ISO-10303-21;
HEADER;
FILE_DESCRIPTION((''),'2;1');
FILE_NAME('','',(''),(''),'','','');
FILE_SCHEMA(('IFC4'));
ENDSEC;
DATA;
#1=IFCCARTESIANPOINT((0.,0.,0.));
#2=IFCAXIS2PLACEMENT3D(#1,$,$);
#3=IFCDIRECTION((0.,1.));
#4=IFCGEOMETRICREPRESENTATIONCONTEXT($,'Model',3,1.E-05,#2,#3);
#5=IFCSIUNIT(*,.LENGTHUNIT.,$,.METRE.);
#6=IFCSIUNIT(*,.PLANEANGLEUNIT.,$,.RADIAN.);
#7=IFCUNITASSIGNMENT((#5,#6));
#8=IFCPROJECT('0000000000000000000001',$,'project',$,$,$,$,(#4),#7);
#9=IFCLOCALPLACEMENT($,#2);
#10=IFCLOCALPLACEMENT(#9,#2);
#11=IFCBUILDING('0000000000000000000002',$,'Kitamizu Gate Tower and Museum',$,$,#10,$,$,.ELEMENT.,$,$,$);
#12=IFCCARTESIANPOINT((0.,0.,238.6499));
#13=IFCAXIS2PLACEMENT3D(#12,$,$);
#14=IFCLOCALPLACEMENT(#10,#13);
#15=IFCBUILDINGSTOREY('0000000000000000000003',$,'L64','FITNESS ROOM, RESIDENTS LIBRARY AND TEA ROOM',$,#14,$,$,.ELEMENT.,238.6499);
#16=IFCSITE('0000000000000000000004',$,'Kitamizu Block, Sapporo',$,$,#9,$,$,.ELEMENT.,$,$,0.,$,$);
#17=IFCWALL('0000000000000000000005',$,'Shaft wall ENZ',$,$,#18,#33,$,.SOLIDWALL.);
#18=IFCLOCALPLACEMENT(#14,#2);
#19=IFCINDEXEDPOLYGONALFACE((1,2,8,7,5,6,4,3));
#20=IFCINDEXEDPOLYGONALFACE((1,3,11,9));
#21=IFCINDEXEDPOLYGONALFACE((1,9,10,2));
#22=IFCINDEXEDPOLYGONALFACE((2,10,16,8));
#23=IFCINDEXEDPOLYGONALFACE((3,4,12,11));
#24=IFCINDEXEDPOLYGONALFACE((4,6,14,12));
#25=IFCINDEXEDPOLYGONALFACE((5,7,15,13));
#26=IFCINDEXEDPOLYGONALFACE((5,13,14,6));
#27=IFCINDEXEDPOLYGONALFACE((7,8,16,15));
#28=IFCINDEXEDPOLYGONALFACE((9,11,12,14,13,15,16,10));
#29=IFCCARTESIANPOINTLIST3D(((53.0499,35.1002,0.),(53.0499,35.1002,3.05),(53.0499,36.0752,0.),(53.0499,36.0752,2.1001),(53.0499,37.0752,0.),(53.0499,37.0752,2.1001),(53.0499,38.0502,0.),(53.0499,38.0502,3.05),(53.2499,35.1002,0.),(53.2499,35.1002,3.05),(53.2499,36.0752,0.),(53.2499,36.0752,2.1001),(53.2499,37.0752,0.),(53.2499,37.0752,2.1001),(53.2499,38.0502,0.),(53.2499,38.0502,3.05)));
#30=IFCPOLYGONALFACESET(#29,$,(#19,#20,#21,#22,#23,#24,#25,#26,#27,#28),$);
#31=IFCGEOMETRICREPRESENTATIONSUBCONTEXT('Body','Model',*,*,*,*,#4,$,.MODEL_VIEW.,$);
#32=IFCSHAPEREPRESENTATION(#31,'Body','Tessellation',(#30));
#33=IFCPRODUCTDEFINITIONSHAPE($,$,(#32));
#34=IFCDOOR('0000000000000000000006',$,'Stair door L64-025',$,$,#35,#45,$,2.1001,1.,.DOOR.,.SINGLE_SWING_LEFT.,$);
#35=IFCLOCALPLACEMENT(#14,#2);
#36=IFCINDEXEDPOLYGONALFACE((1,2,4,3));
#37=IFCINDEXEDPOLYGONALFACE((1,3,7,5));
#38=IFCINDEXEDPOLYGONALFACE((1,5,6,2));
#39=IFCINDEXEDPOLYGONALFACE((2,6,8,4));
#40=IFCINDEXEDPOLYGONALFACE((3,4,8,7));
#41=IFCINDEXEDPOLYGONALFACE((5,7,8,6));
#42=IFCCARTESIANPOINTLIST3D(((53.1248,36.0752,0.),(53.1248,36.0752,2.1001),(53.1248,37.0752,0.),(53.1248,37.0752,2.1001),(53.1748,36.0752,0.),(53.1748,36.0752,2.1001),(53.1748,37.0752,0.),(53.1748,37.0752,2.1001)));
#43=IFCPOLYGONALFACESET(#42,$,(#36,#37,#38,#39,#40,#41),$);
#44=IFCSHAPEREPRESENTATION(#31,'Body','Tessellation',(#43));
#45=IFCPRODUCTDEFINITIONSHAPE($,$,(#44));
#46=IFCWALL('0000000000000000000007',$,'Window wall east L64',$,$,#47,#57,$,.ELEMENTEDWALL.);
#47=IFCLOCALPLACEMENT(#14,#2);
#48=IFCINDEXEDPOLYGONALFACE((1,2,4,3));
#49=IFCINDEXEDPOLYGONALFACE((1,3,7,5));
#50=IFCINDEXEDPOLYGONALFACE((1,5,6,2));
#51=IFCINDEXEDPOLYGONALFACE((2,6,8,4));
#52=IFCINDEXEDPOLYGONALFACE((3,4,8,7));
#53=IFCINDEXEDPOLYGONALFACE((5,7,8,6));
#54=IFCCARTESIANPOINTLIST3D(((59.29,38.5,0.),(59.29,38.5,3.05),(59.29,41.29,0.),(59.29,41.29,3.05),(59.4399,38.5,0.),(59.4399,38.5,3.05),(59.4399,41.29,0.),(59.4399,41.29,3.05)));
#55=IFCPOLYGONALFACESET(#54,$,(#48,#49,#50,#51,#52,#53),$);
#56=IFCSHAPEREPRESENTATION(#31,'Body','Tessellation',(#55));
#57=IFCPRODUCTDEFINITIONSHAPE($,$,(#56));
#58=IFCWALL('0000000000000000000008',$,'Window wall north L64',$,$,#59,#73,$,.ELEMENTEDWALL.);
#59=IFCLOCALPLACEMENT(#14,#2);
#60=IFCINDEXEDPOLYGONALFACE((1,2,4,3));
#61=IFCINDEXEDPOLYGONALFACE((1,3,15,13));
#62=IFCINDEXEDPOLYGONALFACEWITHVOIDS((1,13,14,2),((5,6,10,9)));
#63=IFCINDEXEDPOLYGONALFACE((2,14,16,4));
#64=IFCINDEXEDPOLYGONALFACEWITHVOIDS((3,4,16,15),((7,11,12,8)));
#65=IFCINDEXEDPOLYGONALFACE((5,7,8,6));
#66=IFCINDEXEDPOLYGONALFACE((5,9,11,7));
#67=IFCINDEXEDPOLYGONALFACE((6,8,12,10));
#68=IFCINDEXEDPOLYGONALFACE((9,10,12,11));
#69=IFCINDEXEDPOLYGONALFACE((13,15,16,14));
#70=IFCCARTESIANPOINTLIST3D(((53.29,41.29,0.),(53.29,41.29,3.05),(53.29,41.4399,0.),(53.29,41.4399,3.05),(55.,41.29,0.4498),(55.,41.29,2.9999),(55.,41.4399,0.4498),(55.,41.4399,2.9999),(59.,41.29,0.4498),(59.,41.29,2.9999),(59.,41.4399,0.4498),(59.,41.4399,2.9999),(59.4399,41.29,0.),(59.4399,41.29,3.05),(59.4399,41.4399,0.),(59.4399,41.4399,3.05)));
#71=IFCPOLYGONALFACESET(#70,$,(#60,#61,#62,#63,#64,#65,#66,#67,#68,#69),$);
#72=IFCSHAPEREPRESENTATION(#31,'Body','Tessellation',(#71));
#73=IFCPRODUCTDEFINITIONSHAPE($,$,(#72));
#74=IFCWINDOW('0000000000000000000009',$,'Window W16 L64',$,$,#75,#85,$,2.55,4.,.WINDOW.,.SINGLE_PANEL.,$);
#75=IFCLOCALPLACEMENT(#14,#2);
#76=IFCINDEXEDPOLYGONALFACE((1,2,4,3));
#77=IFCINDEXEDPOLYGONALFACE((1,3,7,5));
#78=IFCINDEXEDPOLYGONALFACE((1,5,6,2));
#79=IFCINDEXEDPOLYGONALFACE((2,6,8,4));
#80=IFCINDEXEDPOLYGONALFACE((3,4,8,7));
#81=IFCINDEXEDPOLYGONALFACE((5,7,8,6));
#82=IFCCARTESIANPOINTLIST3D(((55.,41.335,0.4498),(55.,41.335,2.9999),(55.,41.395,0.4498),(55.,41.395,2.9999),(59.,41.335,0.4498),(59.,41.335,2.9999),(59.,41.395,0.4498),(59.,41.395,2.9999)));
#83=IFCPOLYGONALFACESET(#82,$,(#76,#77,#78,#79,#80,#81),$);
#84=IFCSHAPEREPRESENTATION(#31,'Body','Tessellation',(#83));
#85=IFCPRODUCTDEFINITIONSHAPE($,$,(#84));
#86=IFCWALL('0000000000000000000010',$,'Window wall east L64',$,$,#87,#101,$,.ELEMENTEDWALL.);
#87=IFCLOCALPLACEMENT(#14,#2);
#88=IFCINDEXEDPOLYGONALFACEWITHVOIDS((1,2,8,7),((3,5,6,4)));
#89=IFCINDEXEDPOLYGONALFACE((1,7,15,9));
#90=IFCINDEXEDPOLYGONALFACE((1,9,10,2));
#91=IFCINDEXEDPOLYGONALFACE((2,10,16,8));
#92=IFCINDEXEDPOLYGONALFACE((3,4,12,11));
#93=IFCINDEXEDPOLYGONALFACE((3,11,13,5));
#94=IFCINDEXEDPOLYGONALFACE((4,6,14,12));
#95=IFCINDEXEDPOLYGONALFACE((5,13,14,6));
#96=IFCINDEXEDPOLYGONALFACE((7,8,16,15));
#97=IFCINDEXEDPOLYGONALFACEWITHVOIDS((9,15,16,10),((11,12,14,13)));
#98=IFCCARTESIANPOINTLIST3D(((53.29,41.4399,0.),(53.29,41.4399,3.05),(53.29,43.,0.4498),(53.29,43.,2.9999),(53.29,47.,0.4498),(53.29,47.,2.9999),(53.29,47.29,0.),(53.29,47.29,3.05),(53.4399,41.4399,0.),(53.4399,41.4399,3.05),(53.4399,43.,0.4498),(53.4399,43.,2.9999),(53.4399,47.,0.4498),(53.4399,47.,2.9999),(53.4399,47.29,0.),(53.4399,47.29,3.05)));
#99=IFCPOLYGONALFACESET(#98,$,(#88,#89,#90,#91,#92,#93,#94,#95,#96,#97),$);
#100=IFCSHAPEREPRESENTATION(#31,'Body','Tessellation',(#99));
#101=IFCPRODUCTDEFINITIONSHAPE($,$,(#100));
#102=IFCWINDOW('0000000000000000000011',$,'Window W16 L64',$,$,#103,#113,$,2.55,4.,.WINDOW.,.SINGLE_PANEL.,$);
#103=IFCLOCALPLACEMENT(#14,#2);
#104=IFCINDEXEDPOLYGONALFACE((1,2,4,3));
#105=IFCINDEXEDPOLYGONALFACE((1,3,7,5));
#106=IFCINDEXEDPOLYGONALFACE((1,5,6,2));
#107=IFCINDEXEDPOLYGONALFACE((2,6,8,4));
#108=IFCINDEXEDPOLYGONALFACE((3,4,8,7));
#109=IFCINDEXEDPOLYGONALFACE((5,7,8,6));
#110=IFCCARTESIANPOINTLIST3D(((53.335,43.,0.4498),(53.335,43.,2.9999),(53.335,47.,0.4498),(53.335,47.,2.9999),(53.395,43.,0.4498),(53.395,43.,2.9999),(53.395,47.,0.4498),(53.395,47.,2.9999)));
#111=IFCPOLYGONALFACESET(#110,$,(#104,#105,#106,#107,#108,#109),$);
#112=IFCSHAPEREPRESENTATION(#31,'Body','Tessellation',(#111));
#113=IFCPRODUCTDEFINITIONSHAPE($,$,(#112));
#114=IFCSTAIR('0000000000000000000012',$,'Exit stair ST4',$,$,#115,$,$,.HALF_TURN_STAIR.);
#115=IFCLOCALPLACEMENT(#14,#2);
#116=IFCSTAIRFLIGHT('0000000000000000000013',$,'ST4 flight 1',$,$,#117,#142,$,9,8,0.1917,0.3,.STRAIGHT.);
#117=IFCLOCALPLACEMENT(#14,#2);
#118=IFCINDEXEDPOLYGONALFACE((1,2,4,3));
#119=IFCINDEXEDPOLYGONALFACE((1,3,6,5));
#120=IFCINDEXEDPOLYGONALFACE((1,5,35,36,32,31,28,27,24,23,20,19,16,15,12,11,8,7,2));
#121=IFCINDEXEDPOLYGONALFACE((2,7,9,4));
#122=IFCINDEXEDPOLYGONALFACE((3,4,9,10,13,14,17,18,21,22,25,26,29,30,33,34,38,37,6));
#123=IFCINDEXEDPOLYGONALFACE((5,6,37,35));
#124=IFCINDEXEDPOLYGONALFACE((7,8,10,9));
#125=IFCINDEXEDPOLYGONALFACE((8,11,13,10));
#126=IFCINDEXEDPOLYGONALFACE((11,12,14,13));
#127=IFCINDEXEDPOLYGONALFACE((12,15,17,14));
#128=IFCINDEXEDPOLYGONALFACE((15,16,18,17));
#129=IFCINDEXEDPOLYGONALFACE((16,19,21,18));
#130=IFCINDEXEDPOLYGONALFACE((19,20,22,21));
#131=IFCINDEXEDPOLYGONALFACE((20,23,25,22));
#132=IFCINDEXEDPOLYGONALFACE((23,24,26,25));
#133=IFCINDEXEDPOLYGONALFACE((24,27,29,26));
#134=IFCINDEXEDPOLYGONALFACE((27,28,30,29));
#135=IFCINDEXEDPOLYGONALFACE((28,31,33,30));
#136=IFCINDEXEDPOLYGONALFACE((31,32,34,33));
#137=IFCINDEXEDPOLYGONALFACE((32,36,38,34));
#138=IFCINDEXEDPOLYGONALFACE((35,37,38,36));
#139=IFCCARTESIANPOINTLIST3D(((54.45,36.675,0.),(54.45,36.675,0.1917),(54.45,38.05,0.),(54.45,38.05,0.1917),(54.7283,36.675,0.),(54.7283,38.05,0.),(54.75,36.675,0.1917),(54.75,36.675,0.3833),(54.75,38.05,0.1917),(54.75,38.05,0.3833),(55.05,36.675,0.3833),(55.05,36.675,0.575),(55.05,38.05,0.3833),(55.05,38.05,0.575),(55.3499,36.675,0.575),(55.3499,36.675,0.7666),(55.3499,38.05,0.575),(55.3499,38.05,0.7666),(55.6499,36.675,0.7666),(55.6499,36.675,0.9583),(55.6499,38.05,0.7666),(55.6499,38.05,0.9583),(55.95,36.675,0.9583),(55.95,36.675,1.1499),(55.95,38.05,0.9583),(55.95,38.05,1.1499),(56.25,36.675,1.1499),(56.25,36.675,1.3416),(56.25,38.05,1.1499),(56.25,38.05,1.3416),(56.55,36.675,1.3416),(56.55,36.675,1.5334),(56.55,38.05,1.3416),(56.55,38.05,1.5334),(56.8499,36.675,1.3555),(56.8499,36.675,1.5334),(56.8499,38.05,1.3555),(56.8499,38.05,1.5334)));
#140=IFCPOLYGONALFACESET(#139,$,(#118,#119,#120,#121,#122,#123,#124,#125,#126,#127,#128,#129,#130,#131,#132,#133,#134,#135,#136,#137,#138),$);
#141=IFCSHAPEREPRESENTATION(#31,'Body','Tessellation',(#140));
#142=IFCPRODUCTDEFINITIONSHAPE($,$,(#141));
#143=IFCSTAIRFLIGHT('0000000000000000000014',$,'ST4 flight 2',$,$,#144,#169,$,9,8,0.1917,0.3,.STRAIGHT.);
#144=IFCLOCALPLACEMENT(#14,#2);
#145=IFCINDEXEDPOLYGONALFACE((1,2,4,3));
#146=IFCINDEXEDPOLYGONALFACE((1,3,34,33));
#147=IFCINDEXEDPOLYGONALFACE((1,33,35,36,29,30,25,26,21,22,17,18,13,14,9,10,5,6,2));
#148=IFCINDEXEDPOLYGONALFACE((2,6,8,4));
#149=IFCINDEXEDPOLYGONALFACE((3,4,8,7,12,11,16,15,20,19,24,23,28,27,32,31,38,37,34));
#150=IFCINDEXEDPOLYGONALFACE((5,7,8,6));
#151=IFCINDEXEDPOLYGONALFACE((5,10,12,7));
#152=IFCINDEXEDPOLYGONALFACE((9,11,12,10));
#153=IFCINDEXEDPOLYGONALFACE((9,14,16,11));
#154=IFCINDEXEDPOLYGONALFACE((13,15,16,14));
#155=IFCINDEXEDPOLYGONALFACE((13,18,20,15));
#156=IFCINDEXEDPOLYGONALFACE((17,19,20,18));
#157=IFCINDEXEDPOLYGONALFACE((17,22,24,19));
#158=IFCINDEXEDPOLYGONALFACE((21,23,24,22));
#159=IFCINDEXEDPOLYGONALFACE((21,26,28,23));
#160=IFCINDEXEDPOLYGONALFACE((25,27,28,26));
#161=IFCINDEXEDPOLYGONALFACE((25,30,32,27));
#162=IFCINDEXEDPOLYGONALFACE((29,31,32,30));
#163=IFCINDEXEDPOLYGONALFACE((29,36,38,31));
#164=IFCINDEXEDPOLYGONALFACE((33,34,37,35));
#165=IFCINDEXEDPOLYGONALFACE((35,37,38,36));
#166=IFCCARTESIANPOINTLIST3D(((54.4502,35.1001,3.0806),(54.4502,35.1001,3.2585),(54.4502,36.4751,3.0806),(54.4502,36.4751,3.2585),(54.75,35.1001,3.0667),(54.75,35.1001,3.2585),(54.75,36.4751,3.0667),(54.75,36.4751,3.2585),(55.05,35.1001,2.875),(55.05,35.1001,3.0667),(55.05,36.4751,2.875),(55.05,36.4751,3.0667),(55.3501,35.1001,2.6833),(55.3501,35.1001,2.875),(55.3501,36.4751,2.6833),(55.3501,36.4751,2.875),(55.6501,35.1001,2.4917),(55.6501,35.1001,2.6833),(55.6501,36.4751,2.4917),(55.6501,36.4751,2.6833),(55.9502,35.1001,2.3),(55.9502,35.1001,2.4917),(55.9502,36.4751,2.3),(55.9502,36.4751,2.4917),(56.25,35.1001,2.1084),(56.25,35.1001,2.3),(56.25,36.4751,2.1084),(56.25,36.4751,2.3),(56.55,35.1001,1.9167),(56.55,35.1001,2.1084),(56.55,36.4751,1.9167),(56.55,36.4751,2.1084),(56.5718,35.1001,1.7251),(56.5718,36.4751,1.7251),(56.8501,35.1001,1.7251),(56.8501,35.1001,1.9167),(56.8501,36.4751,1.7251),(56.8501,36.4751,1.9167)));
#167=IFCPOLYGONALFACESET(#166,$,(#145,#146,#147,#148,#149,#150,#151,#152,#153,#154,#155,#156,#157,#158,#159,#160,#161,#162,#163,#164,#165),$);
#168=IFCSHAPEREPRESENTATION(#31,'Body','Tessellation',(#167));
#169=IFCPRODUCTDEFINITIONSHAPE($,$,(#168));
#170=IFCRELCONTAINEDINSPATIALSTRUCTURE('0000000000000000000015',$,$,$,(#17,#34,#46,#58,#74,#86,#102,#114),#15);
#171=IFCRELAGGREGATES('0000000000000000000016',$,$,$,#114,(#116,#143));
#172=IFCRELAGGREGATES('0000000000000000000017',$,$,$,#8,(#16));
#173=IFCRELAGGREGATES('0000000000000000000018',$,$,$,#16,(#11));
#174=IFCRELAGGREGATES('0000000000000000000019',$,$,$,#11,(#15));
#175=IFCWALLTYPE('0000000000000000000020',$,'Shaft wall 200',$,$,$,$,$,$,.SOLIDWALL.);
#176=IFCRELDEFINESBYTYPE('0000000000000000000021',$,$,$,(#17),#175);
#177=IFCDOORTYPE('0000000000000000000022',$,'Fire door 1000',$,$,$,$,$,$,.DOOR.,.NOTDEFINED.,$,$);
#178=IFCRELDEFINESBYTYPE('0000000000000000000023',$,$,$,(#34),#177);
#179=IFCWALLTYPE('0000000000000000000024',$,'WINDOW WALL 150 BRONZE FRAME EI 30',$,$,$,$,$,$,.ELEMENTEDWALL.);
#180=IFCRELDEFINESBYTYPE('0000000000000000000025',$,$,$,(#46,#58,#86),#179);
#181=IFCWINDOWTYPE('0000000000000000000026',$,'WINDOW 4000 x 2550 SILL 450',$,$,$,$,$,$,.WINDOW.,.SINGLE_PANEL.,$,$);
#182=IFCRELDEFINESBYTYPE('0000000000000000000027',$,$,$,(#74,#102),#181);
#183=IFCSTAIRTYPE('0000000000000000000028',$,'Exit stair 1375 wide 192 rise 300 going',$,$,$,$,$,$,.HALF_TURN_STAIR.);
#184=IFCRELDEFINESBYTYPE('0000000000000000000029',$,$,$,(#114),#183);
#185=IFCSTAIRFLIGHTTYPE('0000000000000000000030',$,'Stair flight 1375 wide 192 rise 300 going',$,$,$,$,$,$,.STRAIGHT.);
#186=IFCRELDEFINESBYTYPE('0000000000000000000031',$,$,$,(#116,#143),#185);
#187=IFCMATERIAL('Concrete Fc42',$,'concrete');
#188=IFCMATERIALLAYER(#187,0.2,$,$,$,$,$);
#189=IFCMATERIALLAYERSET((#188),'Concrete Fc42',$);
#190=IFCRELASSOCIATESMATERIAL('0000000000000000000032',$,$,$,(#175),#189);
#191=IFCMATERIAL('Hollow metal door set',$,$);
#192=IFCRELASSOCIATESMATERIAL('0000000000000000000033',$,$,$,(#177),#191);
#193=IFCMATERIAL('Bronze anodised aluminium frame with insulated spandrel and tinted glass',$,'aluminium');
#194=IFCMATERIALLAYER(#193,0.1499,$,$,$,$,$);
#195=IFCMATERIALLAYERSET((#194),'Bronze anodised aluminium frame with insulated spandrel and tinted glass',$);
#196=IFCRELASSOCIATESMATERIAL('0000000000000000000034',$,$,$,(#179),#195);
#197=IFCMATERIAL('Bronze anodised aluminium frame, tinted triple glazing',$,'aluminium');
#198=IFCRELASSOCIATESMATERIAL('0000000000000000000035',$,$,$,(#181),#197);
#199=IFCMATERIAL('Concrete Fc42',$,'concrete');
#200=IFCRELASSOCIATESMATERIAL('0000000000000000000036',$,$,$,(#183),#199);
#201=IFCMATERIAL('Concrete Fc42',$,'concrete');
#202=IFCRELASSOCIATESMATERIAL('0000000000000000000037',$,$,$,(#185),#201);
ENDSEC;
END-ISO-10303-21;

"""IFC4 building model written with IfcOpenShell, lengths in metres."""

from ifc_helpers import new_model, si_unit, direction, frame, frame_2d, origin, place, context, subcontext, project, spatial, polyline, rectangle, outline, extrude, material, layer, layer_set, type_object, element, fill, aggregate, save


model = new_model("IFC4")

# Units and contexts
model_context = context("Model", 3, precision=1e-05, world=origin(), true_north=direction((0.0, 1.0)))
body_context = subcontext(model_context, "Body", "Model", "MODEL_VIEW")
ifc_project = project(units=[si_unit("LENGTHUNIT", "METRE"), si_unit("PLANEANGLEUNIT", "RADIAN")], contexts=[model_context])

# Site, building, storey
site_placement = place(None, origin())
site = spatial("IfcSite", under=ifc_project, at=site_placement, Name="Kitamizu Block, Sapporo", CompositionType="ELEMENT", RefElevation=0.0)
building_placement = place(site_placement, origin())
building = spatial("IfcBuilding", under=site, at=building_placement, Name="Kitamizu Gate Tower and Museum", CompositionType="ELEMENT")
storey_placement = place(building_placement, frame((0.0, 0.0, 238.6499)))
storey = spatial("IfcBuildingStorey", under=building, at=storey_placement, Name="L64", Description="FITNESS ROOM, RESIDENTS LIBRARY AND TEA ROOM", CompositionType="ELEMENT", Elevation=238.6499)

# Shared definitions
ifc_material_1 = material(Name="Concrete Fc42", Category="concrete")
ifc_layer_1 = layer(ifc_material_1, 0.2)
ifc_layer_set_1 = layer_set([ifc_layer_1], Name="Concrete Fc42")
wall_type_1 = type_object("IfcWallType", Name="Shaft wall 200", PredefinedType="SOLIDWALL", material=ifc_layer_set_1)

# Wall, opening, door
wall_1_placement = place(storey_placement, frame((53.1499, 35.1001, 0.0), z_axis=(0.0, 0.0, 1.0), x_axis=(0.0, 1.0, 0.0)))
wall_1 = element("IfcWall", 1, at=wall_1_placement, inside=storey, type_object=wall_type_1, Name="Shaft wall ENZ", PredefinedType="SOLIDWALL", context=body_context, shape_type="SweptSolid", body=[
    extrude(rectangle(XDim=2.95, YDim=0.2, at=frame_2d((1.4751, 0.0))), origin(), (0.0, 0.0, 1.0), 3.05),
])
opening_1_placement = place(wall_1_placement, frame((0.9751, 0.0, 0.0)))
opening_1 = element("IfcOpeningElement", 2, at=opening_1_placement, cuts=wall_1, PredefinedType="OPENING", context=body_context, shape_type="SweptSolid", body=[
    extrude(rectangle(XDim=1.0, YDim=2.1001, at=frame_2d((0.5, 1.05))), frame((0.0, 0.1099, 0.0), z_axis=(0.0, -1.0, 0.0), x_axis=(1.0, 0.0, 0.0)), (0.0, 0.0, 1.0), 0.22),
])
ifc_material_2 = material(Name="Hollow metal door set")
door_type_1 = type_object("IfcDoorType", Name="Fire door 1000", OperationType="NOTDEFINED", PredefinedType="DOOR", material=ifc_material_2)
door_1_placement = place(opening_1_placement, frame((1.0, 0.0, 0.0), x_axis=(-1.0, 0.0, 0.0)))
door_1 = element("IfcDoor", 3, at=door_1_placement, inside=storey, type_object=door_type_1, Name="Stair door L64-025", OperationType="SINGLE_SWING_LEFT", OverallHeight=2.1001, OverallWidth=1.0, PredefinedType="DOOR", context=body_context, shape_type="SweptSolid", body=[
    extrude(rectangle(XDim=1.0, YDim=2.1001, at=frame_2d((0.5, 1.05))), frame((0.0, 0.0249, 0.0), z_axis=(0.0, -1.0, 0.0), x_axis=(1.0, 0.0, 0.0)), (0.0, 0.0, 1.0), 0.05),
])
fill(opening_1, door_1)

# Wall
ifc_material_3 = material(Name="Bronze anodised aluminium frame with insulated spandrel and tinted glass", Category="aluminium")
ifc_layer_2 = layer(ifc_material_3, 0.1499)
ifc_layer_set_2 = layer_set([ifc_layer_2], Name="Bronze anodised aluminium frame with insulated spandrel and tinted glass")
wall_type_2 = type_object("IfcWallType", Name="WINDOW WALL 150 BRONZE FRAME EI 30", PredefinedType="ELEMENTEDWALL", material=ifc_layer_set_2)
wall_2_placement = place(storey_placement, frame((59.365, 38.5, 0.0), z_axis=(0.0, 0.0, 1.0), x_axis=(0.0, 1.0, 0.0)))
element("IfcWall", 4, at=wall_2_placement, inside=storey, type_object=wall_type_2, Name="Window wall east L64", PredefinedType="ELEMENTEDWALL", context=body_context, shape_type="SweptSolid", body=[
    extrude(rectangle(XDim=2.79, YDim=0.1499, at=frame_2d((1.395, 0.0))), origin(), (0.0, 0.0, 1.0), 3.05),
])

# Walls, openings, windows
wall_3_placement = place(storey_placement, frame((53.29, 41.365, 0.0), z_axis=(0.0, 0.0, 1.0), x_axis=(1.0, 0.0, 0.0)))
wall_3 = element("IfcWall", 5, at=wall_3_placement, inside=storey, type_object=wall_type_2, Name="Window wall north L64", PredefinedType="ELEMENTEDWALL", context=body_context, shape_type="SweptSolid", body=[
    extrude(rectangle(XDim=6.1499, YDim=0.1499, at=frame_2d((3.075, 0.0))), origin(), (0.0, 0.0, 1.0), 3.05),
])
opening_2_placement = place(wall_3_placement, frame((1.71, 0.0, 0.45)))
opening_2 = element("IfcOpeningElement", 6, at=opening_2_placement, cuts=wall_3, PredefinedType="OPENING", context=body_context, shape_type="SweptSolid", body=[
    extrude(rectangle(XDim=4.0, YDim=2.55, at=frame_2d((2.0, 1.2749))), frame((0.0, 0.085, 0.0), z_axis=(0.0, -1.0, 0.0), x_axis=(1.0, 0.0, 0.0)), (0.0, 0.0, 1.0), 0.1699),
])
ifc_material_4 = material(Name="Bronze anodised aluminium frame, tinted triple glazing", Category="aluminium")
window_type = type_object("IfcWindowType", Name="WINDOW 4000 x 2550 SILL 450", PartitioningType="SINGLE_PANEL", PredefinedType="WINDOW", material=ifc_material_4)
window_1_placement = place(opening_2_placement, origin())
window_1 = element("IfcWindow", 7, at=window_1_placement, inside=storey, type_object=window_type, Name="Window W16 L64", OverallHeight=2.55, OverallWidth=4.0, PartitioningType="SINGLE_PANEL", PredefinedType="WINDOW", context=body_context, shape_type="SweptSolid", body=[
    extrude(rectangle(XDim=4.0, YDim=2.55, at=frame_2d((2.0, 1.2749))), frame((0.0, 0.03, 0.0), z_axis=(0.0, -1.0, 0.0), x_axis=(1.0, 0.0, 0.0)), (0.0, 0.0, 1.0), 0.0601),
])
fill(opening_2, window_1)
wall_4_placement = place(storey_placement, frame((53.365, 41.4399, 0.0), z_axis=(0.0, 0.0, 1.0), x_axis=(0.0, 1.0, 0.0)))
wall_4 = element("IfcWall", 8, at=wall_4_placement, inside=storey, type_object=wall_type_2, Name="Window wall east L64", PredefinedType="ELEMENTEDWALL", context=body_context, shape_type="SweptSolid", body=[
    extrude(rectangle(XDim=5.8501, YDim=0.1499, at=frame_2d((2.925, 0.0))), origin(), (0.0, 0.0, 1.0), 3.05),
])
opening_3_placement = place(wall_4_placement, frame((1.5601, 0.0, 0.45)))
opening_3 = element("IfcOpeningElement", 9, at=opening_3_placement, cuts=wall_4, PredefinedType="OPENING", context=body_context, shape_type="SweptSolid", body=[
    extrude(rectangle(XDim=4.0, YDim=2.55, at=frame_2d((2.0, 1.2749))), frame((0.0, 0.085, 0.0), z_axis=(0.0, -1.0, 0.0), x_axis=(1.0, 0.0, 0.0)), (0.0, 0.0, 1.0), 0.1699),
])
window_2_placement = place(opening_3_placement, origin())
window_2 = element("IfcWindow", 10, at=window_2_placement, inside=storey, type_object=window_type, Name="Window W16 L64", OverallHeight=2.55, OverallWidth=4.0, PartitioningType="SINGLE_PANEL", PredefinedType="WINDOW", context=body_context, shape_type="SweptSolid", body=[
    extrude(rectangle(XDim=4.0, YDim=2.55, at=frame_2d((2.0, 1.2749))), frame((0.0, 0.03, 0.0), z_axis=(0.0, -1.0, 0.0), x_axis=(1.0, 0.0, 0.0)), (0.0, 0.0, 1.0), 0.0601),
])
fill(opening_3, window_2)

# Stair, stair flights
ifc_material_5 = material(Name="Concrete Fc42", Category="concrete")
stair_type = type_object("IfcStairType", Name="Exit stair 1375 wide 192 rise 300 going", PredefinedType="HALF_TURN_STAIR", material=ifc_material_5)
stair_placement = place(storey_placement, origin())
stair = element("IfcStair", 11, at=stair_placement, inside=storey, type_object=stair_type, Name="Exit stair ST4", PredefinedType="HALF_TURN_STAIR")
ifc_material_6 = material(Name="Concrete Fc42", Category="concrete")
stair_flight_type = type_object("IfcStairFlightType", Name="Stair flight 1375 wide 192 rise 300 going", PredefinedType="STRAIGHT", material=ifc_material_6)
stair_flight_1_placement = place(storey_placement, frame((54.45, 37.3625, 0.0), z_axis=(0.0, 0.0, 1.0), x_axis=(1.0, 0.0, 0.0)))
stair_flight_1 = element("IfcStairFlight", 12, at=stair_flight_1_placement, type_object=stair_flight_type, Name="ST4 flight 1", NumberOfRisers=9, NumberOfTreads=8, PredefinedType="STRAIGHT", RiserHeight=0.1917, TreadLength=0.3, context=body_context, shape_type="SweptSolid", body=[
    extrude(outline(polyline([(0.0, 0.0), (0.0, 0.1917), (0.3, 0.1917), (0.3, 0.3833), (0.6001, 0.3833), (0.6001, 0.575), (0.8999, 0.575), (0.8999, 0.7666), (1.2, 0.7666), (1.2, 0.9583), (1.5, 0.9583), (1.5, 1.1499), (1.8, 1.1499), (1.8, 1.3416), (2.1001, 1.3416), (2.1001, 1.5334), (2.3999, 1.5334), (2.3999, 1.7251), (2.3999, 1.3555), (0.2783, 0.0), (0.0, 0.0)])), frame((0.0, 0.6875, 0.0), z_axis=(0.0, -1.0, 0.0), x_axis=(1.0, 0.0, 0.0)), (0.0, 0.0, 1.0), 1.375),
])
stair_flight_2_placement = place(storey_placement, frame((56.8501, 35.7876, 1.7251), z_axis=(0.0, 0.0, 1.0), x_axis=(-1.0, 0.0, 0.0)))
stair_flight_2 = element("IfcStairFlight", 13, at=stair_flight_2_placement, type_object=stair_flight_type, Name="ST4 flight 2", NumberOfRisers=9, NumberOfTreads=8, PredefinedType="STRAIGHT", RiserHeight=0.1917, TreadLength=0.3, context=body_context, shape_type="SweptSolid", body=[
    extrude(outline(polyline([(0.0, 0.0), (0.0, 0.1917), (0.3, 0.1917), (0.3, 0.3833), (0.6001, 0.3833), (0.6001, 0.575), (0.8999, 0.575), (0.8999, 0.7666), (1.2, 0.7666), (1.2, 0.9583), (1.5, 0.9583), (1.5, 1.1499), (1.8, 1.1499), (1.8, 1.3416), (2.1001, 1.3416), (2.1001, 1.5334), (2.3999, 1.5334), (2.3999, 1.7251), (2.3999, 1.3555), (0.2783, 0.0), (0.0, 0.0)])), frame((0.0, 0.6875, 0.0), z_axis=(0.0, -1.0, 0.0), x_axis=(1.0, 0.0, 0.0)), (0.0, 0.0, 1.0), 1.375),
])
aggregate(stair, [stair_flight_1, stair_flight_2])

save(model, "model.ifc")
